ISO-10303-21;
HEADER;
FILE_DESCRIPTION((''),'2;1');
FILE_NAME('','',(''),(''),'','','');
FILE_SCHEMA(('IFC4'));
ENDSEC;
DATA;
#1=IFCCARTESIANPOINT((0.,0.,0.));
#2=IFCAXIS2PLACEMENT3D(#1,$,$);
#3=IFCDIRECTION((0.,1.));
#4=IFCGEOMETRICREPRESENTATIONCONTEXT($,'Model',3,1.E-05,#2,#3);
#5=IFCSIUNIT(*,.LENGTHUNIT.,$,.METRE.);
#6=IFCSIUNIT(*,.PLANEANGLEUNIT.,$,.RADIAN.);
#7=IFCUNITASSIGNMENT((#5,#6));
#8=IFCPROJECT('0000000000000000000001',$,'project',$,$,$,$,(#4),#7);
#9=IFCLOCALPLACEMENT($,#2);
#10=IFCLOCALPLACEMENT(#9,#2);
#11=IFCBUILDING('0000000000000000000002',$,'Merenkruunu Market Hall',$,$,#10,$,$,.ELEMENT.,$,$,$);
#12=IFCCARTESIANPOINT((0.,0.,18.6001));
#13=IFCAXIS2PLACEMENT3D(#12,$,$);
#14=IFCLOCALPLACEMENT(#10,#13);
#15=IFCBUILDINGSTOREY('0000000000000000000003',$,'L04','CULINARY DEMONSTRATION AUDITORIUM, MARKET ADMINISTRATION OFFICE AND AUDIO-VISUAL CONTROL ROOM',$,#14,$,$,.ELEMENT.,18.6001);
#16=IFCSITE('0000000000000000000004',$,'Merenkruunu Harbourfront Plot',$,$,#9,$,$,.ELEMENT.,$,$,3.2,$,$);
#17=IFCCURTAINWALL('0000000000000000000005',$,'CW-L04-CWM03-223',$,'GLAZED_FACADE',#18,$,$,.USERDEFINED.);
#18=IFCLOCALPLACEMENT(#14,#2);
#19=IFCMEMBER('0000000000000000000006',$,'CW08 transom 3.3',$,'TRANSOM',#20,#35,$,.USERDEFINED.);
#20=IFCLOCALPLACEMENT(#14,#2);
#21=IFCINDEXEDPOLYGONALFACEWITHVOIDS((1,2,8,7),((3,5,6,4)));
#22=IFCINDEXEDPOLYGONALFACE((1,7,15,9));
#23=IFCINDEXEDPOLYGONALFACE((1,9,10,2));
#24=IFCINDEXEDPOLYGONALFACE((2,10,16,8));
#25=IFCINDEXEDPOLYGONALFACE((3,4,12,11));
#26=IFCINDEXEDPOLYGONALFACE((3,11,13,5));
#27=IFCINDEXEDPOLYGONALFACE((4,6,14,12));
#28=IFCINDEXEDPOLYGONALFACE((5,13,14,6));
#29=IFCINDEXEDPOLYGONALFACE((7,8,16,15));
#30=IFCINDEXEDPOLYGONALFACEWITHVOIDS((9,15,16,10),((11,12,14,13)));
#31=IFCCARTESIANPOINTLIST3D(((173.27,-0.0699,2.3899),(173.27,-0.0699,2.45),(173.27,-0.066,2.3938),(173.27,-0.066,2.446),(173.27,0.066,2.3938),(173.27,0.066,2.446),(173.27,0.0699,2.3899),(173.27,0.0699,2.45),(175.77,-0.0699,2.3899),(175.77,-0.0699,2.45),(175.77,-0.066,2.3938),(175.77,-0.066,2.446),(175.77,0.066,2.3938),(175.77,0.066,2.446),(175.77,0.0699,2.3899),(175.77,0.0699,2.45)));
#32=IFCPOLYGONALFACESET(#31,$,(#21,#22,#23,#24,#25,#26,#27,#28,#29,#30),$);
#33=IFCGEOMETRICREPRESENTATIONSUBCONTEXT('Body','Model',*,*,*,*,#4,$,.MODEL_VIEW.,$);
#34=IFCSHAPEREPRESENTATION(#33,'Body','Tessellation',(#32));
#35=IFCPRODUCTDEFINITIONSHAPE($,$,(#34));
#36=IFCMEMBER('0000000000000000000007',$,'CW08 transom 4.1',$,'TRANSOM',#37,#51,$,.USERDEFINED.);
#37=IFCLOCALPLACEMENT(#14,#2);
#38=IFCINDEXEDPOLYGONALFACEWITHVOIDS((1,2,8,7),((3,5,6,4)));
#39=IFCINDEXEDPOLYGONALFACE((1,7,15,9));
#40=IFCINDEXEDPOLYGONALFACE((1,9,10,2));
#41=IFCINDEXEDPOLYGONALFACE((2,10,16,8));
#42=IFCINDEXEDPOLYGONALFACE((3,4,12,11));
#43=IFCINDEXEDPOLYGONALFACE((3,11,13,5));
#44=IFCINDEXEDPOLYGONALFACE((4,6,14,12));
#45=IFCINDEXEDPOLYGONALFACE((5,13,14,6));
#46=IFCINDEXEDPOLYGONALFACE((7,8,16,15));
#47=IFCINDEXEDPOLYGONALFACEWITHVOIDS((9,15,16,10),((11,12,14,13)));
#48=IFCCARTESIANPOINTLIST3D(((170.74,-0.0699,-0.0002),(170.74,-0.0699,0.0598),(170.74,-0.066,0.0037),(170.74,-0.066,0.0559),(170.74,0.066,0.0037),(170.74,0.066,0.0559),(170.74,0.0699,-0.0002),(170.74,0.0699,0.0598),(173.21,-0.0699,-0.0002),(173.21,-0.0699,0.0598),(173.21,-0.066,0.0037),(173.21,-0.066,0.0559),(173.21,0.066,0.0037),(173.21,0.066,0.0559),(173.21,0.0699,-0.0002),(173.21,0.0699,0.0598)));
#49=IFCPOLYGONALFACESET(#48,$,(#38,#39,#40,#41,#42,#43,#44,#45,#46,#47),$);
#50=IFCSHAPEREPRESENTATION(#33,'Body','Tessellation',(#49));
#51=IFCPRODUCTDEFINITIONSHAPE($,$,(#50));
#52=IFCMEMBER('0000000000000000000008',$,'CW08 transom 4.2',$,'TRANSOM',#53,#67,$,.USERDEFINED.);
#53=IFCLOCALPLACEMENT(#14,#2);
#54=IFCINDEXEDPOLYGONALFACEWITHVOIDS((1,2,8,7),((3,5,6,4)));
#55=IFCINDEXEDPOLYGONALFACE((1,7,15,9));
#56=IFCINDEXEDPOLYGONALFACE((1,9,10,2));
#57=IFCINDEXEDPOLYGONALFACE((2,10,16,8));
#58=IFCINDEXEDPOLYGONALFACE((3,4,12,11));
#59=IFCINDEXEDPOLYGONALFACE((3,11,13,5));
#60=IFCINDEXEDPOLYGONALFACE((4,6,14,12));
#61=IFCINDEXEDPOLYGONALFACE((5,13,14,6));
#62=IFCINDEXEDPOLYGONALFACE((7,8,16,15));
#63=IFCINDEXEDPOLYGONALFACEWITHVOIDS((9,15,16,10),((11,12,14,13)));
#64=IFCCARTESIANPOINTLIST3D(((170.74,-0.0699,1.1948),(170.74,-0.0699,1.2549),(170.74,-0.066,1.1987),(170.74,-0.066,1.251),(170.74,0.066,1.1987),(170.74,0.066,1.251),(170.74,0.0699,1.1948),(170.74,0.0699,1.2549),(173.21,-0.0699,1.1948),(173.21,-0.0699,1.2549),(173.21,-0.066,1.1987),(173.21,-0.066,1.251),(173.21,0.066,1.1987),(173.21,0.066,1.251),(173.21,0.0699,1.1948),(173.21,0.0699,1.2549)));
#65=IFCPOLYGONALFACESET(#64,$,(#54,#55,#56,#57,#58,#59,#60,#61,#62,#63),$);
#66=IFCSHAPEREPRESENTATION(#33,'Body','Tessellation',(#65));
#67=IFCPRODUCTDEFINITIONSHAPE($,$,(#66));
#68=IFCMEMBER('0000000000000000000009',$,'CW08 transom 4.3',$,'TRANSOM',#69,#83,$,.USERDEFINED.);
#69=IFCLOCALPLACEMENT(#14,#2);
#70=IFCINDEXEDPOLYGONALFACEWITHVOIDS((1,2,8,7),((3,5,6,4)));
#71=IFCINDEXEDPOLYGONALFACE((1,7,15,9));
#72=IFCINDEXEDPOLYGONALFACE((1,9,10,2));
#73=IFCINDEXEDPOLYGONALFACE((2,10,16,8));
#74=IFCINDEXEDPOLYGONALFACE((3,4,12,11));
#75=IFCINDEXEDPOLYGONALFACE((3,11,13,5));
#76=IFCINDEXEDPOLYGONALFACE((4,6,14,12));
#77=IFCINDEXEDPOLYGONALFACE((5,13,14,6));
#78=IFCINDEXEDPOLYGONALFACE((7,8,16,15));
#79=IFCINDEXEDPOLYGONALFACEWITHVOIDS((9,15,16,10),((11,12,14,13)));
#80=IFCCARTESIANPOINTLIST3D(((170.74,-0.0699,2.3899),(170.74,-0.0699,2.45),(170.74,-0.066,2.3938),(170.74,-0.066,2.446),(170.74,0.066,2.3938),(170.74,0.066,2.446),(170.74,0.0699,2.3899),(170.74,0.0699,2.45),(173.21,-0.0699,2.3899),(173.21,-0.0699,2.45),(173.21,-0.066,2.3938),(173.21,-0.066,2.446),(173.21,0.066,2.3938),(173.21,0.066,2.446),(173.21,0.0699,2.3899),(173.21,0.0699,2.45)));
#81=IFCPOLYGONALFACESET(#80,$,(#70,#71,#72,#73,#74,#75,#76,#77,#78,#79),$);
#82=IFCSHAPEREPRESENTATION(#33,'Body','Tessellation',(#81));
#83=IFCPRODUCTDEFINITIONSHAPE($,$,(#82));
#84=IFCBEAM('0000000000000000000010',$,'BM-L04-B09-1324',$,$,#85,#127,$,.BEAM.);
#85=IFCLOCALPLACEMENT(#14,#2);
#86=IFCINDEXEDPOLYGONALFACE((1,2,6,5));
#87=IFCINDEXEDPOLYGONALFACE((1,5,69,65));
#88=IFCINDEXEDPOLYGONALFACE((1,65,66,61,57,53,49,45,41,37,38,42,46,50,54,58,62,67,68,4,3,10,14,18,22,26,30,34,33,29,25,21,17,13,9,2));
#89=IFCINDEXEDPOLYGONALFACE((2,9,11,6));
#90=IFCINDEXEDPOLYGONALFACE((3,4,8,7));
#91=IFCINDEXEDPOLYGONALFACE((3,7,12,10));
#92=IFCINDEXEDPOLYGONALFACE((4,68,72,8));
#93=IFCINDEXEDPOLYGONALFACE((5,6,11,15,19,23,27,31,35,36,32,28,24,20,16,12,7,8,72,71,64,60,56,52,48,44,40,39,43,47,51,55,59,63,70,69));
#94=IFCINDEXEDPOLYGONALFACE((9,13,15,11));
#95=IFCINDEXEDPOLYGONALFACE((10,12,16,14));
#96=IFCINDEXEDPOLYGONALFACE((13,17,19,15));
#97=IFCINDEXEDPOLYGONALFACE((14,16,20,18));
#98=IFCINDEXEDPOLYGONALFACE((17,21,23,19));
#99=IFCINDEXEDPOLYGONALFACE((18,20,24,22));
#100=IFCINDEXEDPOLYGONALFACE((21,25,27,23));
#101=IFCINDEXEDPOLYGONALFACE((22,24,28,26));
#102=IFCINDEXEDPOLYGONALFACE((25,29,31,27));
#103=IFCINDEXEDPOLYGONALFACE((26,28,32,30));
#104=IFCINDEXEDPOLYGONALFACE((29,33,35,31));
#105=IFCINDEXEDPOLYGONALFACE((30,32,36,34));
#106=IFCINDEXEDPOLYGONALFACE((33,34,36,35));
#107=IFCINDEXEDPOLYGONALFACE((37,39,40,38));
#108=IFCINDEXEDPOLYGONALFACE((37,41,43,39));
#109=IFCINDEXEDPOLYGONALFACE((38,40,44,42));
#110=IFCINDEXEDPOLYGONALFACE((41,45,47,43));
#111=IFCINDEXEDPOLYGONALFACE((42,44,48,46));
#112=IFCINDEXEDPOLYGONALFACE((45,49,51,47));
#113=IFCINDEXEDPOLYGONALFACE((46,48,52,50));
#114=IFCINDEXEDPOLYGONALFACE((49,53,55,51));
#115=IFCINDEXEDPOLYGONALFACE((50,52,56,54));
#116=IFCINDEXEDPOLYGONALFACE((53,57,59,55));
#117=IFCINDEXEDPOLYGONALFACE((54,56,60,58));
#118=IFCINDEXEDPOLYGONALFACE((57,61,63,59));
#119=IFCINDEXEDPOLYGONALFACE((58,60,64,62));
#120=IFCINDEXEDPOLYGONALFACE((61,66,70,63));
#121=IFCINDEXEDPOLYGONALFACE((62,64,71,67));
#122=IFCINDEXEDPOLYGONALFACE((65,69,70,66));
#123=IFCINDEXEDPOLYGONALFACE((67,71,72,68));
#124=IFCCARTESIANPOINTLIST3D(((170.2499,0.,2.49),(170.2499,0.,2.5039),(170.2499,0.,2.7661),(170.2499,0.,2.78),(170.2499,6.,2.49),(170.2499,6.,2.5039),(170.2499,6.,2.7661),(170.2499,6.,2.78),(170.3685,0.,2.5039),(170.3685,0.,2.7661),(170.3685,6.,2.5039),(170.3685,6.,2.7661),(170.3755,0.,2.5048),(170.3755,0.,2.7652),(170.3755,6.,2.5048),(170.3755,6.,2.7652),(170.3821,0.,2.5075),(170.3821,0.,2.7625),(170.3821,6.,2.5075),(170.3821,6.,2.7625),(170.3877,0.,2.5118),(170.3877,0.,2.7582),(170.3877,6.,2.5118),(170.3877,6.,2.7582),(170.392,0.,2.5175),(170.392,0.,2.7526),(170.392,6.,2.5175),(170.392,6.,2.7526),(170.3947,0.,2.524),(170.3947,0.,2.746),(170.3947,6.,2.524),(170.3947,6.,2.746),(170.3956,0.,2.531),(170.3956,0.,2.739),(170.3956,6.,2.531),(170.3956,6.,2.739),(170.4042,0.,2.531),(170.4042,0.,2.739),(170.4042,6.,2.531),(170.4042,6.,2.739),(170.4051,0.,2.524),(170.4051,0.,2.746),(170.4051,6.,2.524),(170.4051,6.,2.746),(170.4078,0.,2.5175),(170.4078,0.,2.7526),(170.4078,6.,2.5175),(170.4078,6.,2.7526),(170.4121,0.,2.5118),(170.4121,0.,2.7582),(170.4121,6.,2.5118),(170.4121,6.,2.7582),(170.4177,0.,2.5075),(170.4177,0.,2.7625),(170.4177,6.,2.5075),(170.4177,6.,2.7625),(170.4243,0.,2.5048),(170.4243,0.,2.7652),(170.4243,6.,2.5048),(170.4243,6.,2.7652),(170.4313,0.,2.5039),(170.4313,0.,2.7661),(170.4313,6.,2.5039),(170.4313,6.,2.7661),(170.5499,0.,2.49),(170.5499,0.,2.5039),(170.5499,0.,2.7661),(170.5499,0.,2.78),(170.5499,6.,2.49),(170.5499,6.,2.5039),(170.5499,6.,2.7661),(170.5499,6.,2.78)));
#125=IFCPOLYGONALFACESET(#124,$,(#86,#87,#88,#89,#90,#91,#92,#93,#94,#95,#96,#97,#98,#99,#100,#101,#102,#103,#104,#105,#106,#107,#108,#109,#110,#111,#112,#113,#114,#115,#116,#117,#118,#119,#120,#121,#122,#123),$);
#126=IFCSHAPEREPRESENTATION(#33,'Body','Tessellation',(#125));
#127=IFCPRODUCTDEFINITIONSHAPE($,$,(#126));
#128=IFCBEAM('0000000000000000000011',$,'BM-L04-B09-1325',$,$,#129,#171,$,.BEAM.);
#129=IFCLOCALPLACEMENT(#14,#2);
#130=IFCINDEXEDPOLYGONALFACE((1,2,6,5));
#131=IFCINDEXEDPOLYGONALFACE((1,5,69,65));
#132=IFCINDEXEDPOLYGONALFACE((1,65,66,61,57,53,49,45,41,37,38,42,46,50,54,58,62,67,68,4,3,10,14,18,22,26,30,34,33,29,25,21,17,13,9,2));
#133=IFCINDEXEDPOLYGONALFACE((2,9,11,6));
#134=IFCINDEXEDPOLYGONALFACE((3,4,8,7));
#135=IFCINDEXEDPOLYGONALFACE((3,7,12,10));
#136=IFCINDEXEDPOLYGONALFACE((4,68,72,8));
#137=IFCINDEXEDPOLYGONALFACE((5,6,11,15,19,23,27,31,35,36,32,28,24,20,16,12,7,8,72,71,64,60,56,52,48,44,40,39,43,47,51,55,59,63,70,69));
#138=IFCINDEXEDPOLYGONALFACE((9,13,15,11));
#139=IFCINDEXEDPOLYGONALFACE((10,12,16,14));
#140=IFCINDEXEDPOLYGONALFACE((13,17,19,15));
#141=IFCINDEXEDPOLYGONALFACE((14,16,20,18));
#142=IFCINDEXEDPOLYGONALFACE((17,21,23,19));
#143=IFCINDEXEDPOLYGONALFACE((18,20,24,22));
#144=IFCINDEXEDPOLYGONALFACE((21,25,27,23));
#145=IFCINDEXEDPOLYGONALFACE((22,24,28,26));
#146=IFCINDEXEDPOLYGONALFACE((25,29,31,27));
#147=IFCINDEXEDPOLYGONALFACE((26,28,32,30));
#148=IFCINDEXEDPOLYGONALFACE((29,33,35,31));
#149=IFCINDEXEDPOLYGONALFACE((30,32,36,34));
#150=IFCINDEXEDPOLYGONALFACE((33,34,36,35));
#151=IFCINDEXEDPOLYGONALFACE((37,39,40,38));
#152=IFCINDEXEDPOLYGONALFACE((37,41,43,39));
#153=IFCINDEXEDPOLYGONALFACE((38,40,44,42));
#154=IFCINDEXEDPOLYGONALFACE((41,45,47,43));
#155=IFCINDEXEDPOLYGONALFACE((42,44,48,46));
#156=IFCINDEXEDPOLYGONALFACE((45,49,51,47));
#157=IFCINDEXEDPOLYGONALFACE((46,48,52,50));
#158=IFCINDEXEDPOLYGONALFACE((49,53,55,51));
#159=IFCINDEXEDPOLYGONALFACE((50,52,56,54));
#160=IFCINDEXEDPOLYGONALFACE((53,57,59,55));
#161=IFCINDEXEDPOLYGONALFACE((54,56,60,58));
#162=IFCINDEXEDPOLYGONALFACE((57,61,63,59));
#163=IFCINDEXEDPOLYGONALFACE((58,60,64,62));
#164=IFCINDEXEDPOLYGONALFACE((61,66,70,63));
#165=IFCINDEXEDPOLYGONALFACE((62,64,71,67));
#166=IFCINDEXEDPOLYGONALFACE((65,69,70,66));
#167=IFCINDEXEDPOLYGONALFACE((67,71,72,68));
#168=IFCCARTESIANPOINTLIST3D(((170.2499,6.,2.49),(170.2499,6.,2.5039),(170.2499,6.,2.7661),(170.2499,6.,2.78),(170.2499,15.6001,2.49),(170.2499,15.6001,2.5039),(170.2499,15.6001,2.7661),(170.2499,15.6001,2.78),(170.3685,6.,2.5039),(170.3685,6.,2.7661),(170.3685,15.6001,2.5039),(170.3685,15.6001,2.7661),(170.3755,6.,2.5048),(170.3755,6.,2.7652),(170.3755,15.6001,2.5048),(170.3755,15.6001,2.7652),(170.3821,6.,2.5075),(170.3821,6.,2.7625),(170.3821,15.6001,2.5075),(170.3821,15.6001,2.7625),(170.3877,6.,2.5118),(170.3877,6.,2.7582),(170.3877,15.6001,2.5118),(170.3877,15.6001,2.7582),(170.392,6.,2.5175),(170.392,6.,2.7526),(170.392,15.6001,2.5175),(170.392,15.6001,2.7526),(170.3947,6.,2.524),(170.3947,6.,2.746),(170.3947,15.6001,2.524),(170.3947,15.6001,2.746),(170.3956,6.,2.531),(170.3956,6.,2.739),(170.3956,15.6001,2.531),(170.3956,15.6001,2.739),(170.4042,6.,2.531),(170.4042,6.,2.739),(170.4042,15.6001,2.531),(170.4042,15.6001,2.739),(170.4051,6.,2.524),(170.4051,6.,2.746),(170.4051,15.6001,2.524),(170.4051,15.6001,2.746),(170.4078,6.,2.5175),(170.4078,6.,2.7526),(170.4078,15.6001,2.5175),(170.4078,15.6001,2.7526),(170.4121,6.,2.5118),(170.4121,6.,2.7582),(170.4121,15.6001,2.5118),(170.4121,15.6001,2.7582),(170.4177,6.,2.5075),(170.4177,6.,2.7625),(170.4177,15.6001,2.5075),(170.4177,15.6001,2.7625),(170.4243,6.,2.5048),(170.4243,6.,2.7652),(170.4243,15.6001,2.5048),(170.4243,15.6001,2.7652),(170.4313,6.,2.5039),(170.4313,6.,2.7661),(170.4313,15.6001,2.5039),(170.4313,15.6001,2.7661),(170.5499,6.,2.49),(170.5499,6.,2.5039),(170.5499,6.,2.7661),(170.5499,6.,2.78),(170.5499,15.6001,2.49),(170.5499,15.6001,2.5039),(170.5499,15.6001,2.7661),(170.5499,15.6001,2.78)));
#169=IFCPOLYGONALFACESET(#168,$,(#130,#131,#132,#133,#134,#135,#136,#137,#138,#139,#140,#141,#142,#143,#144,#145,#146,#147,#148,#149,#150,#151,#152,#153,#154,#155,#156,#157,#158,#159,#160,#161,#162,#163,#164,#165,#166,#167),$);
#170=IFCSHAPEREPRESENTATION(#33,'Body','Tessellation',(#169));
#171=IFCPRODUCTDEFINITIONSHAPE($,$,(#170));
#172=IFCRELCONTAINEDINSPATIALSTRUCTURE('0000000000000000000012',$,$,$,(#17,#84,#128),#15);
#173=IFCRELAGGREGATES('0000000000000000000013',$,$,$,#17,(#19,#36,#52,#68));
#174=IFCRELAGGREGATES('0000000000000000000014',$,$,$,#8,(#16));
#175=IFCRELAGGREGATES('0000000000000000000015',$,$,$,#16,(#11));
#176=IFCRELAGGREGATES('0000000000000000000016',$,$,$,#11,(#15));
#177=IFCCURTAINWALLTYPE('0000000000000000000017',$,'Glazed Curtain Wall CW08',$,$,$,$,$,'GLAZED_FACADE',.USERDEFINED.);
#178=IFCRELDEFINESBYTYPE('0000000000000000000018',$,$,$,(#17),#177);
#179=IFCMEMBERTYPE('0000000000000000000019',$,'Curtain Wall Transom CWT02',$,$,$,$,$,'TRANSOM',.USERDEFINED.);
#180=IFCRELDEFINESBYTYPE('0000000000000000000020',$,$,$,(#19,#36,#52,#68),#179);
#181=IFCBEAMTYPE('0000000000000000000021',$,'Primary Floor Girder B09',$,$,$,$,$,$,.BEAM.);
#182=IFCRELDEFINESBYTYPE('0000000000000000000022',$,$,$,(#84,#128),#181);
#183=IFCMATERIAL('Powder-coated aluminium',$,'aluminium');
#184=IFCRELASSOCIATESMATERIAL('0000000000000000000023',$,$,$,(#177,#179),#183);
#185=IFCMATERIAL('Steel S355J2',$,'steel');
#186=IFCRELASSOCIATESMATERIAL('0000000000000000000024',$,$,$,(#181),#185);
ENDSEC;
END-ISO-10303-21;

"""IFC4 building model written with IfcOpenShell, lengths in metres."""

from ifc_helpers import new_model, si_unit, direction, frame, origin, origin_2d, place, context, subcontext, project, spatial, hollow_rectangle, i_section, extrude, material, material_profile, profile_set, type_object, element, aggregate, save


model = new_model("IFC4")

# Units and contexts
model_context = context("Model", 3, precision=1e-05, world=origin(), true_north=direction((0.0, 1.0)))
body_context = subcontext(model_context, "Body", "Model", "MODEL_VIEW")
ifc_project = project(units=[si_unit("LENGTHUNIT", "METRE"), si_unit("PLANEANGLEUNIT", "RADIAN")], contexts=[model_context])

# Site, building, storey
site_placement = place(None, origin())
site = spatial("IfcSite", under=ifc_project, at=site_placement, Name="Merenkruunu Harbourfront Plot", CompositionType="ELEMENT", RefElevation=3.2)
building_placement = place(site_placement, origin())
building = spatial("IfcBuilding", under=site, at=building_placement, Name="Merenkruunu Market Hall", CompositionType="ELEMENT")
storey_placement = place(building_placement, frame((0.0, 0.0, 18.6001)))
storey = spatial("IfcBuildingStorey", under=building, at=storey_placement, Name="L04", Description="CULINARY DEMONSTRATION AUDITORIUM, MARKET ADMINISTRATION OFFICE AND AUDIO-VISUAL CONTROL ROOM", CompositionType="ELEMENT", Elevation=18.6001)

# Curtain wall, members
ifc_material_1 = material(Name="Powder-coated aluminium", Category="aluminium")
curtain_wall_type = type_object("IfcCurtainWallType", Name="Glazed Curtain Wall CW08", ElementType="GLAZED_FACADE", PredefinedType="USERDEFINED", material=ifc_material_1)
curtain_wall_placement = place(storey_placement, origin())
curtain_wall = element("IfcCurtainWall", 1, at=curtain_wall_placement, inside=storey, type_object=curtain_wall_type, Name="CW-L04-CWM03-223", ObjectType="GLAZED_FACADE", PredefinedType="USERDEFINED")
ifc_material_profile_1 = material_profile(ifc_material_1, hollow_rectangle(XDim=0.0601, YDim=0.1399, WallThickness=0.0039, at=origin_2d()), Name="ALU 60x140x4")
ifc_profile_set_1 = profile_set([ifc_material_profile_1], Name="Powder-coated aluminium")
member_type_1 = type_object("IfcMemberType", Name="Curtain Wall Transom CWT02", ElementType="TRANSOM", PredefinedType="USERDEFINED", material=ifc_profile_set_1)
member_1_placement = place(storey_placement, frame((175.77, 0.0, 2.4199), z_axis=(-1.0, 0.0, 0.0), x_axis=(0.0, 0.0, 1.0)))
member_1 = element("IfcMember", 2, at=member_1_placement, type_object=member_type_1, Name="CW08 transom 3.3", ObjectType="TRANSOM", PredefinedType="USERDEFINED", context=body_context, shape_type="SweptSolid", body=[
    extrude(hollow_rectangle(XDim=0.0601, YDim=0.1399, WallThickness=0.0039, at=origin_2d()), origin(), (0.0, 0.0, 1.0), 2.5),
])
member_2_placement = place(storey_placement, frame((173.21, 0.0, 0.0298), z_axis=(-1.0, 0.0, 0.0), x_axis=(0.0, 0.0, 1.0)))
member_2 = element("IfcMember", 3, at=member_2_placement, type_object=member_type_1, Name="CW08 transom 4.1", ObjectType="TRANSOM", PredefinedType="USERDEFINED", context=body_context, shape_type="SweptSolid", body=[
    extrude(hollow_rectangle(XDim=0.0601, YDim=0.1399, WallThickness=0.0039, at=origin_2d()), origin(), (0.0, 0.0, 1.0), 2.47),
])
member_3_placement = place(storey_placement, frame((173.21, 0.0, 1.2249), z_axis=(-1.0, 0.0, 0.0), x_axis=(0.0, 0.0, 1.0)))
member_3 = element("IfcMember", 4, at=member_3_placement, type_object=member_type_1, Name="CW08 transom 4.2", ObjectType="TRANSOM", PredefinedType="USERDEFINED", context=body_context, shape_type="SweptSolid", body=[
    extrude(hollow_rectangle(XDim=0.0601, YDim=0.1399, WallThickness=0.0039, at=origin_2d()), origin(), (0.0, 0.0, 1.0), 2.47),
])
member_4_placement = place(storey_placement, frame((173.21, 0.0, 2.4199), z_axis=(-1.0, 0.0, 0.0), x_axis=(0.0, 0.0, 1.0)))
member_4 = element("IfcMember", 5, at=member_4_placement, type_object=member_type_1, Name="CW08 transom 4.3", ObjectType="TRANSOM", PredefinedType="USERDEFINED", context=body_context, shape_type="SweptSolid", body=[
    extrude(hollow_rectangle(XDim=0.0601, YDim=0.1399, WallThickness=0.0039, at=origin_2d()), origin(), (0.0, 0.0, 1.0), 2.47),
])

# Beams
ifc_material_2 = material(Name="Steel S355J2", Category="steel")
ifc_material_profile_2 = material_profile(ifc_material_2, i_section(OverallWidth=0.3, OverallDepth=0.29, WebThickness=0.0085, FlangeThickness=0.0139, FilletRadius=0.0271, at=origin_2d()), Name="HEA 300")
ifc_profile_set_2 = profile_set([ifc_material_profile_2], Name="Steel S355J2")
beam_type_1 = type_object("IfcBeamType", Name="Primary Floor Girder B09", PredefinedType="BEAM", material=ifc_profile_set_2)
beam_1_placement = place(storey_placement, frame((170.3999, 0.0, 2.635), z_axis=(0.0, 1.0, 0.0), x_axis=(-1.0, 0.0, 0.0)))
element("IfcBeam", 6, at=beam_1_placement, inside=storey, type_object=beam_type_1, Name="BM-L04-B09-1324", PredefinedType="BEAM", context=body_context, shape_type="SweptSolid", body=[
    extrude(i_section(OverallWidth=0.3, OverallDepth=0.29, WebThickness=0.0085, FlangeThickness=0.0139, FilletRadius=0.0271, at=origin_2d()), origin(), (0.0, 0.0, 1.0), 6.0),
])
beam_2_placement = place(storey_placement, frame((170.3999, 6.0, 2.635), z_axis=(0.0, 1.0, 0.0), x_axis=(-1.0, 0.0, 0.0)))
element("IfcBeam", 7, at=beam_2_placement, inside=storey, type_object=beam_type_1, Name="BM-L04-B09-1325", PredefinedType="BEAM", context=body_context, shape_type="SweptSolid", body=[
    extrude(i_section(OverallWidth=0.3, OverallDepth=0.29, WebThickness=0.0085, FlangeThickness=0.0139, FilletRadius=0.0271, at=origin_2d()), origin(), (0.0, 0.0, 1.0), 9.6001),
])

aggregate(curtain_wall, [member_1, member_2, member_3, member_4])

save(model, "model.ifc")
